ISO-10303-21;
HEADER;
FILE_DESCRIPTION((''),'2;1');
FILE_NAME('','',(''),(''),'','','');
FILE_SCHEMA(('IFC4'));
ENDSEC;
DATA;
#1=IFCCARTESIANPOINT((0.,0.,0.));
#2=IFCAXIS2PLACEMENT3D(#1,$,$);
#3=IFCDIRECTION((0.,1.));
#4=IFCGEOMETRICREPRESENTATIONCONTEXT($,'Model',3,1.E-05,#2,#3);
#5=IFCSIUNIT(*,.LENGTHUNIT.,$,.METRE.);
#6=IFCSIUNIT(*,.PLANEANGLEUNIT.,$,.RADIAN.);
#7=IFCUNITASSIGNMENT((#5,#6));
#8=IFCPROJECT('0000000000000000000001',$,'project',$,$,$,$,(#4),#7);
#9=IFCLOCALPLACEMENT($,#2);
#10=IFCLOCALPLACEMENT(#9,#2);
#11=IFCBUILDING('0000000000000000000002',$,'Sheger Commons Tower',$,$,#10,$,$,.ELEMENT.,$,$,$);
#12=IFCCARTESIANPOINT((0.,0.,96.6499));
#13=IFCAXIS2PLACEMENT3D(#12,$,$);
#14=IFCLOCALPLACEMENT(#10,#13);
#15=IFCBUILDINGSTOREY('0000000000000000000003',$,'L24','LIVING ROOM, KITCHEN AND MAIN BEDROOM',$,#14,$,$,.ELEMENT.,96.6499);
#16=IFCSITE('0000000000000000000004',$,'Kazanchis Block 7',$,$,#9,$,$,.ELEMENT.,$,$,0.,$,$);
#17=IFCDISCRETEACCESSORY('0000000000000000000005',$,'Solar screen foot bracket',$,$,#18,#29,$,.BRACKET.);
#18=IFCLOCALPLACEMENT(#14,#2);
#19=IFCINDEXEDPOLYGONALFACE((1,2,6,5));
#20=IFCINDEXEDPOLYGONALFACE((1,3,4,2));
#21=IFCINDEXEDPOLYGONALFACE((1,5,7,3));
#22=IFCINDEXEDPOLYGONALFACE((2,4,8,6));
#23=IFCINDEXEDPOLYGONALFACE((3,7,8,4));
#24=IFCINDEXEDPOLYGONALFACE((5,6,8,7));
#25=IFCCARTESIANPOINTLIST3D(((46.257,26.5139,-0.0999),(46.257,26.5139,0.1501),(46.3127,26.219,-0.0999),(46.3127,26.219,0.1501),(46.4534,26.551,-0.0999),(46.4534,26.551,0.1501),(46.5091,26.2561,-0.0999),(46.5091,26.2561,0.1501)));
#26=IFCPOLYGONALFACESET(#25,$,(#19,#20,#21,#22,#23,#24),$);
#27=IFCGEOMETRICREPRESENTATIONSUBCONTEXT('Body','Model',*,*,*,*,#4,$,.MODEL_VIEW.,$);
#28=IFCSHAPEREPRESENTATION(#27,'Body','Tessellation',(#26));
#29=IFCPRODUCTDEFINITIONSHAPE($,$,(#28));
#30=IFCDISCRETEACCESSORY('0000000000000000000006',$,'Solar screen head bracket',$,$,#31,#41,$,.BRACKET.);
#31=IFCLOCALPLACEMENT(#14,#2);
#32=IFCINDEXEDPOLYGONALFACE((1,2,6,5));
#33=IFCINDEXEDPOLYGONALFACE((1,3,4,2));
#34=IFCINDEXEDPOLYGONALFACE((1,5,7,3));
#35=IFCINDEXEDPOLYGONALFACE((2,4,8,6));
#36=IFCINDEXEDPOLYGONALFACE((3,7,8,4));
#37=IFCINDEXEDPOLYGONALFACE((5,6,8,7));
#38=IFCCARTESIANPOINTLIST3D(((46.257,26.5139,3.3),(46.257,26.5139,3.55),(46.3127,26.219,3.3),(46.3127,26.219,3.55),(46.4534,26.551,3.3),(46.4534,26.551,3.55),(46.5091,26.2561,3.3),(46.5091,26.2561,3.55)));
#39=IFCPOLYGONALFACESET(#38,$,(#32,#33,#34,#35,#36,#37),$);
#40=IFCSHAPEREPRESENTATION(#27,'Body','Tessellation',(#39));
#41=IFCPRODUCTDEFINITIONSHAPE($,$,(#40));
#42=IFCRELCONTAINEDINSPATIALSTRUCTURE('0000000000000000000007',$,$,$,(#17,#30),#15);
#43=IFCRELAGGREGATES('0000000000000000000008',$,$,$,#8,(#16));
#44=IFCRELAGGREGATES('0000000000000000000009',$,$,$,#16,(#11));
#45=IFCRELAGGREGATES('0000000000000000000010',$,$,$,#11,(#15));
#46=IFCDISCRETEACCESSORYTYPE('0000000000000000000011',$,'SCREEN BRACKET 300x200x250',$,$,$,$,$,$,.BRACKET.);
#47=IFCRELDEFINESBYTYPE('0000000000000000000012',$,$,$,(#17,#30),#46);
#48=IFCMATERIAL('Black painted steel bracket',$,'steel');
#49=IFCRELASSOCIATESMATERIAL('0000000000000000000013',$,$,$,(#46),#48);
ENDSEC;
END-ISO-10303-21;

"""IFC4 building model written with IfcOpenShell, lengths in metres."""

from ifc_helpers import new_model, si_unit, direction, frame, origin, origin_2d, place, context, subcontext, project, spatial, rectangle, extrude, material, type_object, element, save


model = new_model("IFC4")

# Units and contexts
model_context = context("Model", 3, precision=1e-05, world=origin(), true_north=direction((0.0, 1.0)))
body_context = subcontext(model_context, "Body", "Model", "MODEL_VIEW")
ifc_project = project(units=[si_unit("LENGTHUNIT", "METRE"), si_unit("PLANEANGLEUNIT", "RADIAN")], contexts=[model_context])

# Site, building, storey
site_placement = place(None, origin())
site = spatial("IfcSite", under=ifc_project, at=site_placement, Name="Kazanchis Block 7", CompositionType="ELEMENT", RefElevation=0.0)
building_placement = place(site_placement, origin())
building = spatial("IfcBuilding", under=site, at=building_placement, Name="Sheger Commons Tower", CompositionType="ELEMENT")
storey_placement = place(building_placement, frame((0.0, 0.0, 96.6499)))
storey = spatial("IfcBuildingStorey", under=building, at=storey_placement, Name="L24", Description="LIVING ROOM, KITCHEN AND MAIN BEDROOM", CompositionType="ELEMENT", Elevation=96.6499)

# Discrete accessories
ifc_material_1 = material(Name="Black painted steel bracket", Category="steel")
discrete_accessory_type = type_object("IfcDiscreteAccessoryType", Name="SCREEN BRACKET 300x200x250", PredefinedType="BRACKET", material=ifc_material_1)
for number, where, z_axis, x_axis, name in (
    (1, (46.3831, 26.385, -0.0999), (0.0, 0.0, 1.0), (-0.185615, 0.982623, 0.0), "Solar screen foot bracket"),
    (2, (46.3831, 26.385, 3.3), (0.0, 0.0, 1.0), (-0.185615, 0.982623, 0.0), "Solar screen head bracket"),
):
    element("IfcDiscreteAccessory", number, at=place(storey_placement, frame(where, z_axis=z_axis, x_axis=x_axis)), inside=storey, type_object=discrete_accessory_type, Name=name, PredefinedType="BRACKET", context=body_context, shape_type="SweptSolid", body=[
        extrude(rectangle(XDim=0.3, YDim=0.2, at=origin_2d()), origin(), (0.0, 0.0, 1.0), 0.25),
    ])

save(model, "model.ifc")
